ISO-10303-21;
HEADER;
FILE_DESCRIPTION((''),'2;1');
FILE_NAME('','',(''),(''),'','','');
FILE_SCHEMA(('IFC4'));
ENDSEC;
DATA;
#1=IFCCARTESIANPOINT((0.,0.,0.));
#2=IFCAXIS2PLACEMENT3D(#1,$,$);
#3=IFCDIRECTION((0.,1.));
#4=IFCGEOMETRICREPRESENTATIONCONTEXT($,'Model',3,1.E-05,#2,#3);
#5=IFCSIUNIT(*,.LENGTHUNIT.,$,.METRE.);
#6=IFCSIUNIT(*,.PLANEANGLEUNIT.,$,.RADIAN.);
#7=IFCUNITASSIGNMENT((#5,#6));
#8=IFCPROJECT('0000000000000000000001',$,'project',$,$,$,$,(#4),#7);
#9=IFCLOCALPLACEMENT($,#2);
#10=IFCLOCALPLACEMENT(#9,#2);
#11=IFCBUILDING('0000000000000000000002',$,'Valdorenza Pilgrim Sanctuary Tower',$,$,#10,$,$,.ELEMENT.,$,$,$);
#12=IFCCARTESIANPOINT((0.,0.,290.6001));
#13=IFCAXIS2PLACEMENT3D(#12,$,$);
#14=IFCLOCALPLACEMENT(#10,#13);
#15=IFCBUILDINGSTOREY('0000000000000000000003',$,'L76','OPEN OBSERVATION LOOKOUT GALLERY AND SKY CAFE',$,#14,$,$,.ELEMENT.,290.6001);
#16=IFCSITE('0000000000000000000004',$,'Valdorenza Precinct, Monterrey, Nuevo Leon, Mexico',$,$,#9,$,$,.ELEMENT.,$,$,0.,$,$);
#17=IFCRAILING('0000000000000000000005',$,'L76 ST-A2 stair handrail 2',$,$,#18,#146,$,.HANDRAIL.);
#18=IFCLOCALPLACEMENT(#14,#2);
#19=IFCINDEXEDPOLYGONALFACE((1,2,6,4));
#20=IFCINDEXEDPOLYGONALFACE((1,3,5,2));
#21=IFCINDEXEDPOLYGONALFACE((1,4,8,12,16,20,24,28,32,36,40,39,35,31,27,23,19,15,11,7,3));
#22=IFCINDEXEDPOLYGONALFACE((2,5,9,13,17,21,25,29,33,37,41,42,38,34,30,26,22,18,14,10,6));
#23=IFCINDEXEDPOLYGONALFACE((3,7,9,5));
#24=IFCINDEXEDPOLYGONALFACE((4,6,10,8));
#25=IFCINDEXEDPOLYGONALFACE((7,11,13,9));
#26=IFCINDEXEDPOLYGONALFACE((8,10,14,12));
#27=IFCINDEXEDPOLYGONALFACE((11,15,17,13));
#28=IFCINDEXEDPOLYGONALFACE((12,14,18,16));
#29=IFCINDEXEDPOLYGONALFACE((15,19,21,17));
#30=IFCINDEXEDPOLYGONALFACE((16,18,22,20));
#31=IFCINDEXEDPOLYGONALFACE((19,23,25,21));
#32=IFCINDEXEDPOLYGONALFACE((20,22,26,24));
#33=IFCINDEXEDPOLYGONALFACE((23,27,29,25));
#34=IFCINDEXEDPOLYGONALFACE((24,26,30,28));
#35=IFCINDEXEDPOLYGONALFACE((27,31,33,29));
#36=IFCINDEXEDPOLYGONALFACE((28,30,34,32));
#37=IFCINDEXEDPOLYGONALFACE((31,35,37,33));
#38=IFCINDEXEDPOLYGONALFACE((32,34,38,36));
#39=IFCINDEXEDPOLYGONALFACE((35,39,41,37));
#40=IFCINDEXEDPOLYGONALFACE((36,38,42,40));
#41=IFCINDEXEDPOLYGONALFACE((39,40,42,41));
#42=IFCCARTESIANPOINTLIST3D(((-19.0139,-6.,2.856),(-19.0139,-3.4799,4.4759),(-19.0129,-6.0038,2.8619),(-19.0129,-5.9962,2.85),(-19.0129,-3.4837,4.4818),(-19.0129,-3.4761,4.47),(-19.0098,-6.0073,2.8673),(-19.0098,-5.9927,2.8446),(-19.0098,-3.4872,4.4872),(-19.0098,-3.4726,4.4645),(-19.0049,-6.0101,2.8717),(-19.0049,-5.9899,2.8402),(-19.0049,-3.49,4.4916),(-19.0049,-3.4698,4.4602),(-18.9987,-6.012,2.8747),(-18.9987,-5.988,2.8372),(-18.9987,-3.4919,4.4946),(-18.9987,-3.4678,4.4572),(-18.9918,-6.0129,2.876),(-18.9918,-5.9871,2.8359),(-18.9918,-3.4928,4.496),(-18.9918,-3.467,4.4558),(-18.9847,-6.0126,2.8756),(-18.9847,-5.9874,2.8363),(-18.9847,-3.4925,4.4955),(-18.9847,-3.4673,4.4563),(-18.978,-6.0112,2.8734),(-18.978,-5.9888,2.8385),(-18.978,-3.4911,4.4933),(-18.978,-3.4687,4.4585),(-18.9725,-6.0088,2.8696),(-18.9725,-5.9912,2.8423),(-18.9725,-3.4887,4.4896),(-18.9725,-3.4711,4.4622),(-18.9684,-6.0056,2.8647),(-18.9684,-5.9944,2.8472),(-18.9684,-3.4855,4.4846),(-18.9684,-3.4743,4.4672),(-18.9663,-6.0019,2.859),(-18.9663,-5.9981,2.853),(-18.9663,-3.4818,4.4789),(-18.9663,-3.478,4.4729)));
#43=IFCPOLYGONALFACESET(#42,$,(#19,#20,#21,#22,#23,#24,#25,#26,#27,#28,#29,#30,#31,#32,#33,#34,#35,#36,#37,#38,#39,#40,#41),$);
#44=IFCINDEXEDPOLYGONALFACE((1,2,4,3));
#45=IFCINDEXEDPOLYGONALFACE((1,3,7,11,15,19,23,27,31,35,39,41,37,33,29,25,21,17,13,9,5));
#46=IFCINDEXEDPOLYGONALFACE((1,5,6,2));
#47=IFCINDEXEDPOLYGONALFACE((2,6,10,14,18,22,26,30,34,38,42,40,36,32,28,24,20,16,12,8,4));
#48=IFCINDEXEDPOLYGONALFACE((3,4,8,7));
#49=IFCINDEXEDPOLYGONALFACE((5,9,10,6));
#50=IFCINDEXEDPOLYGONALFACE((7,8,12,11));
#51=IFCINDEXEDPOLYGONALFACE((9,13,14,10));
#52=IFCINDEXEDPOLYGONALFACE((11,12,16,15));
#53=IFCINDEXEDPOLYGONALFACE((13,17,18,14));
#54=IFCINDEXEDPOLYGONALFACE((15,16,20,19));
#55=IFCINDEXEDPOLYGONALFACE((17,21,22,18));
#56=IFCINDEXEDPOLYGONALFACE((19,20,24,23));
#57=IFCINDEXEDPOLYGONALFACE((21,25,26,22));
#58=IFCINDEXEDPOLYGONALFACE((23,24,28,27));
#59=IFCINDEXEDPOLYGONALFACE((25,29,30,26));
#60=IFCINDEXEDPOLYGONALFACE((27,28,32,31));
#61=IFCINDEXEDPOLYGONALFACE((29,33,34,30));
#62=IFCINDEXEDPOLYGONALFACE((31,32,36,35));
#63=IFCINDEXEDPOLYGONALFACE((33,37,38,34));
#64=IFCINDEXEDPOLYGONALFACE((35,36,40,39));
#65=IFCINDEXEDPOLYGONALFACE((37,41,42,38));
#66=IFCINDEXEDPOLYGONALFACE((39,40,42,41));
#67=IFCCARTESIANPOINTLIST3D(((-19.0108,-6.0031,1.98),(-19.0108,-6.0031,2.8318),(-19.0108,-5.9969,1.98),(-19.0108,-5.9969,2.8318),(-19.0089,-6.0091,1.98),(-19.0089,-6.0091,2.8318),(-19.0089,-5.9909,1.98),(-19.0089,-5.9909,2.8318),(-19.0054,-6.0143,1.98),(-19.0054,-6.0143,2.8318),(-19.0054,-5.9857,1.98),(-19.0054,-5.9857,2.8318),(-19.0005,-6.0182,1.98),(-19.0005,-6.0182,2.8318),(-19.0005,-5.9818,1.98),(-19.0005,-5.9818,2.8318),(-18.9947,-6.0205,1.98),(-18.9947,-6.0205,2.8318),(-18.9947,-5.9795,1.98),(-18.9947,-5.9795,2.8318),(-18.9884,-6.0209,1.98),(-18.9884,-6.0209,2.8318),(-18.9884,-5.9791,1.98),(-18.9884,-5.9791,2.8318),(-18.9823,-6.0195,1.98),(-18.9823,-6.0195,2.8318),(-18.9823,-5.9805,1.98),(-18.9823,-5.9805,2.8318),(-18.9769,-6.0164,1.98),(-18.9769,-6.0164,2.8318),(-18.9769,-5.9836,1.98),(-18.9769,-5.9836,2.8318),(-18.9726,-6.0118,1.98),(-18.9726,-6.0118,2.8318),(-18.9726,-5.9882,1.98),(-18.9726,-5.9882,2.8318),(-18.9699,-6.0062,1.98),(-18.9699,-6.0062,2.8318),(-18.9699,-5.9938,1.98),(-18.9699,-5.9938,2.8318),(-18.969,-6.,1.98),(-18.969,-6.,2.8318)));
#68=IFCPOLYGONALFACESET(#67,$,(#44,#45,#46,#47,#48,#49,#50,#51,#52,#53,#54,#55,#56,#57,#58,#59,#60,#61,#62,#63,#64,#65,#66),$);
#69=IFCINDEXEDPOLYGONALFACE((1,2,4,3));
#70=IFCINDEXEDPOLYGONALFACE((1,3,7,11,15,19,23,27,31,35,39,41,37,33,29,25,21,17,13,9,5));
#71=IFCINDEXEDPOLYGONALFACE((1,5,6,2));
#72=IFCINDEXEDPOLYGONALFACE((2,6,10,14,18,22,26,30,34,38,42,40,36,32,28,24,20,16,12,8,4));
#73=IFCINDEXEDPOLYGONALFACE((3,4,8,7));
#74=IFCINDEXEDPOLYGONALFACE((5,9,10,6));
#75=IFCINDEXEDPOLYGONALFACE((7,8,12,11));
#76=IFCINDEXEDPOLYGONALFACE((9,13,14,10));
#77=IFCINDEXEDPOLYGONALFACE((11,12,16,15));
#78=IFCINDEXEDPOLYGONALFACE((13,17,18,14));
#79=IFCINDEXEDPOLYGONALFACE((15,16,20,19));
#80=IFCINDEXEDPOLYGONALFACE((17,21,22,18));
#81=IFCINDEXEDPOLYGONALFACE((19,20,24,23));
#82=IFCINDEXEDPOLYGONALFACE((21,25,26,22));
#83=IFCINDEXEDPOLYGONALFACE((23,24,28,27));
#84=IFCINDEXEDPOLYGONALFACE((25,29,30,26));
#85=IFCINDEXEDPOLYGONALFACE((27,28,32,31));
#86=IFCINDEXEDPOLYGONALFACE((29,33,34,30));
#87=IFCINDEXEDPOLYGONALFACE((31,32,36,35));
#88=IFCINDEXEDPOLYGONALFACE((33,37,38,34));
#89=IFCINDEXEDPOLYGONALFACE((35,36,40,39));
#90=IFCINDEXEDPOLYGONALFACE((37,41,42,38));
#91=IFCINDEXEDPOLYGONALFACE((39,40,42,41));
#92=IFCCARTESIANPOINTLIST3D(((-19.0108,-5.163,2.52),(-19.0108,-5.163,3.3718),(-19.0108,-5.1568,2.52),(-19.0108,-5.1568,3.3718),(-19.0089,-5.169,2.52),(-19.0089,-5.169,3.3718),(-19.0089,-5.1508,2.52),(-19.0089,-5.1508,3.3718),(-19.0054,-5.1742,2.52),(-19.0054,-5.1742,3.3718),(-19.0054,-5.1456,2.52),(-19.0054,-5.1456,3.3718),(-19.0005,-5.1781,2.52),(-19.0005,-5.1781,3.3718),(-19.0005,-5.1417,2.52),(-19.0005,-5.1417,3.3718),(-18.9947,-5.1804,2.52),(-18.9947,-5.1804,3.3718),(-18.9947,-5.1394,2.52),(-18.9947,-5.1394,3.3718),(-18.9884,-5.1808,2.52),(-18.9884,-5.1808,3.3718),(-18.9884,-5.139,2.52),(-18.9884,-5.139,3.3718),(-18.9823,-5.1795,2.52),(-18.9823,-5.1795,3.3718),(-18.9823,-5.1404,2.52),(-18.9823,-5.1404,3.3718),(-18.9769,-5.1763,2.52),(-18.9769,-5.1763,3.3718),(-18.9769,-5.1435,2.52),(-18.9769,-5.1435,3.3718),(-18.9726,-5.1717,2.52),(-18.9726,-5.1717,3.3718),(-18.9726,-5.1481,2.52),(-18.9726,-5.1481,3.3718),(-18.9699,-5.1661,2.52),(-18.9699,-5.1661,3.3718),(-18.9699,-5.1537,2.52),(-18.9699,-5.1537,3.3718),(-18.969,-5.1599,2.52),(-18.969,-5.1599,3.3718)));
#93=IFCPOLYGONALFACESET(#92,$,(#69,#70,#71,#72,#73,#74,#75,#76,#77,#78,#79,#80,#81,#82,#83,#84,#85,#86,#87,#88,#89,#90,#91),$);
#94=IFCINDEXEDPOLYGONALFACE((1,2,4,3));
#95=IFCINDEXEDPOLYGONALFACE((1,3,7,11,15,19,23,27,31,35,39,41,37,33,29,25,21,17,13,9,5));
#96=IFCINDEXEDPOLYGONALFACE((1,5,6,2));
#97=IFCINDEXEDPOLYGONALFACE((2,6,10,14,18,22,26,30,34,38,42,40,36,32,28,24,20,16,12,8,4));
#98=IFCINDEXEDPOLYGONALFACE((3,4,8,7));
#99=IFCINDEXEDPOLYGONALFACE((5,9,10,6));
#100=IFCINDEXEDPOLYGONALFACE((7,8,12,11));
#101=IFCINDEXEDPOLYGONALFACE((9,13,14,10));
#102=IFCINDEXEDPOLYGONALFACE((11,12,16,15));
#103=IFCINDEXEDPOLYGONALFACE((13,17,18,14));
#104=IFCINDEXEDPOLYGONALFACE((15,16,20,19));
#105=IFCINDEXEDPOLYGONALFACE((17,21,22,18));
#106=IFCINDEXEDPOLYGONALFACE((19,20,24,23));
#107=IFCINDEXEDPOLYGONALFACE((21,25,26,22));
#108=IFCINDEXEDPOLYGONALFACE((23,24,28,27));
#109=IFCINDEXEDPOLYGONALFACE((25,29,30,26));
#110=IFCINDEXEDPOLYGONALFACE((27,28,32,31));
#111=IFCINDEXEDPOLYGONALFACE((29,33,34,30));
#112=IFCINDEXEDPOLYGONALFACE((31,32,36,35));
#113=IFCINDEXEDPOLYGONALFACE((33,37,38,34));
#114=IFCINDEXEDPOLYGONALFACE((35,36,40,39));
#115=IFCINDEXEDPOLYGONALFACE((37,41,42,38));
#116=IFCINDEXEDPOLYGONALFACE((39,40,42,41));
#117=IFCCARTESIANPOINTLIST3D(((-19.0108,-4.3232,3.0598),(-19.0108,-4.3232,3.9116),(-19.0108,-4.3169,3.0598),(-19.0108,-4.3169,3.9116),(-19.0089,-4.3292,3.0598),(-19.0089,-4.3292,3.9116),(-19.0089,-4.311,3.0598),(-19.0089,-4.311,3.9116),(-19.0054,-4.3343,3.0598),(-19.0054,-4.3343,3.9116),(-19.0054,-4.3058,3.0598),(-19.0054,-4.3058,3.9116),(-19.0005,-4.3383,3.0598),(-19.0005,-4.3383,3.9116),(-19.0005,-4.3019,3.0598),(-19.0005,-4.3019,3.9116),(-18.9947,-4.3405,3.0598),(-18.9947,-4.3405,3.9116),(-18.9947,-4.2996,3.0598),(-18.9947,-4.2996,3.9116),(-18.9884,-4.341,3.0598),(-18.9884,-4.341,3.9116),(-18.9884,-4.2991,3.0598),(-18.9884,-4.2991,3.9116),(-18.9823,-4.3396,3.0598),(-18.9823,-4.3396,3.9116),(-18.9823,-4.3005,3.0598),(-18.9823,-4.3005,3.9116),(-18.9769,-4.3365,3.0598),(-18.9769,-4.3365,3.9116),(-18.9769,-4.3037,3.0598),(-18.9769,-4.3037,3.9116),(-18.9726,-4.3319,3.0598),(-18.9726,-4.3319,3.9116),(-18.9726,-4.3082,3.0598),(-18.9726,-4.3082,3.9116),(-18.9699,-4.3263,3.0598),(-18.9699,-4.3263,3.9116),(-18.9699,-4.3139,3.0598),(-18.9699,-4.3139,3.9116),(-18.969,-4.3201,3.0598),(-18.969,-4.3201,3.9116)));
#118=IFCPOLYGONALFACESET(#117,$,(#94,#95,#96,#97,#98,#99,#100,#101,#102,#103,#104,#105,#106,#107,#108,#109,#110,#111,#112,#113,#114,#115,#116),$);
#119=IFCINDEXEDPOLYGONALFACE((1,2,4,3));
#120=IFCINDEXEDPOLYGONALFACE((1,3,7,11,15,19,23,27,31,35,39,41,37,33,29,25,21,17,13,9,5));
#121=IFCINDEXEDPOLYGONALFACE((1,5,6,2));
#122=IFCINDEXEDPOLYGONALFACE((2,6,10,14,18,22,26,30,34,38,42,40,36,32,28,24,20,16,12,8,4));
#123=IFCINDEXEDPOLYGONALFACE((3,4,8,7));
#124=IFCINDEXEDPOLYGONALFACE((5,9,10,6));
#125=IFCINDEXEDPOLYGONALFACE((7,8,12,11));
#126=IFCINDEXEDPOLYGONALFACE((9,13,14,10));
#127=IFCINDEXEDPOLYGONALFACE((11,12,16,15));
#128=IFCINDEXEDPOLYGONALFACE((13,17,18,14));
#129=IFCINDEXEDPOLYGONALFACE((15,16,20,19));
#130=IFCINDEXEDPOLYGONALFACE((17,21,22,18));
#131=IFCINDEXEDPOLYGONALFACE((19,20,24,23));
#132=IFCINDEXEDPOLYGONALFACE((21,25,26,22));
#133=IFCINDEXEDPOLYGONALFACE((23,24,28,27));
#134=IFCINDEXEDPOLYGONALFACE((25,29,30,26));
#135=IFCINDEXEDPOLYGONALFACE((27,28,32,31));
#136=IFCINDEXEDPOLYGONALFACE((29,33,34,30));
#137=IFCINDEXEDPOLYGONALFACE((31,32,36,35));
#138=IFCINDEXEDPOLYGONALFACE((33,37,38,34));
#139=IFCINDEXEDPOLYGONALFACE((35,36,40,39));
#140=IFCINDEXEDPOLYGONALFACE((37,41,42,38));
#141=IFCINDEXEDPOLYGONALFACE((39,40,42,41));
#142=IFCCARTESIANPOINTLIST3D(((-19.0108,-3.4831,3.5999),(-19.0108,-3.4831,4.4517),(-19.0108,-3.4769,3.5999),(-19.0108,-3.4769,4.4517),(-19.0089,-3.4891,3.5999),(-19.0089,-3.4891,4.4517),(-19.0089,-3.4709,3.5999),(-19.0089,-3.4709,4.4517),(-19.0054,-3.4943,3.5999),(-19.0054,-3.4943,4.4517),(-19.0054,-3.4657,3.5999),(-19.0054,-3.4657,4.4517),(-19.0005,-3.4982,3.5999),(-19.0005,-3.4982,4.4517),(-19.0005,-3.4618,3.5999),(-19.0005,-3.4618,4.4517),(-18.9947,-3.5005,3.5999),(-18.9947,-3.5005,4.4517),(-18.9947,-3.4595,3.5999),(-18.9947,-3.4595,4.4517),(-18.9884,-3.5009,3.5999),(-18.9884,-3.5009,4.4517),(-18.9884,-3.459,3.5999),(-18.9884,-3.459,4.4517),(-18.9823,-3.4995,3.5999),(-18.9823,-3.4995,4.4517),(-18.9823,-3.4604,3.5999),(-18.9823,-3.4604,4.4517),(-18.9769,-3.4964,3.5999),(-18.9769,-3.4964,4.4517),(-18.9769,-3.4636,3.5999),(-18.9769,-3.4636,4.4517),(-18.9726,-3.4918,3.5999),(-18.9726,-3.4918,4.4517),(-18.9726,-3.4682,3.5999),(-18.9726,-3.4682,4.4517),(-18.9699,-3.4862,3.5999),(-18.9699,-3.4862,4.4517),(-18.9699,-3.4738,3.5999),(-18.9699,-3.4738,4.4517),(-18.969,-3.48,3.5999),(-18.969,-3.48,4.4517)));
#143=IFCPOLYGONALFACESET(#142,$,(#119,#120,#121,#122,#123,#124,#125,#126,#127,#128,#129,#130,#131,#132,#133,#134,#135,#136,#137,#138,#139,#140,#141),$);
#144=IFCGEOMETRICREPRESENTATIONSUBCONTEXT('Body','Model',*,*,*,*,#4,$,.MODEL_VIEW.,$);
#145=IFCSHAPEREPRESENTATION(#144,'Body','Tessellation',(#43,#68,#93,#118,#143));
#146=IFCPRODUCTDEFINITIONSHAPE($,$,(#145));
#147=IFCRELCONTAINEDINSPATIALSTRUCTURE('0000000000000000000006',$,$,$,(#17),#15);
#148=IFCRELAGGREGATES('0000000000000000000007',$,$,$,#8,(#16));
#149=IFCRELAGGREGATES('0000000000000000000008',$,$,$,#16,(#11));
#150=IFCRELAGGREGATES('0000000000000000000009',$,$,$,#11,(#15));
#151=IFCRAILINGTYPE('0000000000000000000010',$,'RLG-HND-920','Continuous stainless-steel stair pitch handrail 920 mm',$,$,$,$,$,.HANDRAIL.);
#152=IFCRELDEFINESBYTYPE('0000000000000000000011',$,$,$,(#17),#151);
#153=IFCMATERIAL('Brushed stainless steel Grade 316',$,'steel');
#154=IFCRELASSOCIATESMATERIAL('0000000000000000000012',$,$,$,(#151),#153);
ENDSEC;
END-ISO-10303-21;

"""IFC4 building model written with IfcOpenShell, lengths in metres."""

from ifc_helpers import new_model, si_unit, direction, frame, origin, origin_2d, place, context, subcontext, project, spatial, circle, extrude, material, type_object, element, save


model = new_model("IFC4")

# Units and contexts
model_context = context("Model", 3, precision=1e-05, world=origin(), true_north=direction((0.0, 1.0)))
body_context = subcontext(model_context, "Body", "Model", "MODEL_VIEW")
ifc_project = project(units=[si_unit("LENGTHUNIT", "METRE"), si_unit("PLANEANGLEUNIT", "RADIAN")], contexts=[model_context])

# Site, building, storey
site_placement = place(None, origin())
site = spatial("IfcSite", under=ifc_project, at=site_placement, Name="Valdorenza Precinct, Monterrey, Nuevo Leon, Mexico", CompositionType="ELEMENT", RefElevation=0.0)
building_placement = place(site_placement, origin())
building = spatial("IfcBuilding", under=site, at=building_placement, Name="Valdorenza Pilgrim Sanctuary Tower", CompositionType="ELEMENT")
storey_placement = place(building_placement, frame((0.0, 0.0, 290.6001)))
storey = spatial("IfcBuildingStorey", under=building, at=storey_placement, Name="L76", Description="OPEN OBSERVATION LOOKOUT GALLERY AND SKY CAFE", CompositionType="ELEMENT", Elevation=290.6001)

# Shared definitions
ifc_material_1 = material(Name="Brushed stainless steel Grade 316", Category="steel")

# Railing
railing_type_1 = type_object("IfcRailingType", Name="RLG-HND-920", Description="Continuous stainless-steel stair pitch handrail 920 mm", PredefinedType="HANDRAIL", material=ifc_material_1)
railing_1_placement = place(storey_placement, frame((-18.99, -6.0, 1.98)))
element("IfcRailing", 1, at=railing_1_placement, inside=storey, type_object=railing_type_1, Name="L76 ST-A2 stair handrail 2", PredefinedType="HANDRAIL", context=body_context, shape_type="SweptSolid", body=[
    extrude(circle(Radius=0.0239, at=origin_2d()), frame((0.0, 0.0, 0.876), z_axis=(0.0, 0.8412, 0.540725), x_axis=(-1.0, 0.0, 0.0)), (0.0, 0.0, 1.0), 2.9958),
    extrude(circle(Radius=0.021, at=origin_2d()), origin(), (0.0, 0.0, 1.0), 0.8518),
    extrude(circle(Radius=0.021, at=origin_2d()), frame((0.0, 0.8401, 0.54)), (0.0, 0.0, 1.0), 0.8518),
    extrude(circle(Radius=0.021, at=origin_2d()), frame((0.0, 1.6799, 1.0798)), (0.0, 0.0, 1.0), 0.8518),
    extrude(circle(Radius=0.021, at=origin_2d()), frame((0.0, 2.52, 1.6199)), (0.0, 0.0, 1.0), 0.8518),
])

save(model, "model.ifc")
